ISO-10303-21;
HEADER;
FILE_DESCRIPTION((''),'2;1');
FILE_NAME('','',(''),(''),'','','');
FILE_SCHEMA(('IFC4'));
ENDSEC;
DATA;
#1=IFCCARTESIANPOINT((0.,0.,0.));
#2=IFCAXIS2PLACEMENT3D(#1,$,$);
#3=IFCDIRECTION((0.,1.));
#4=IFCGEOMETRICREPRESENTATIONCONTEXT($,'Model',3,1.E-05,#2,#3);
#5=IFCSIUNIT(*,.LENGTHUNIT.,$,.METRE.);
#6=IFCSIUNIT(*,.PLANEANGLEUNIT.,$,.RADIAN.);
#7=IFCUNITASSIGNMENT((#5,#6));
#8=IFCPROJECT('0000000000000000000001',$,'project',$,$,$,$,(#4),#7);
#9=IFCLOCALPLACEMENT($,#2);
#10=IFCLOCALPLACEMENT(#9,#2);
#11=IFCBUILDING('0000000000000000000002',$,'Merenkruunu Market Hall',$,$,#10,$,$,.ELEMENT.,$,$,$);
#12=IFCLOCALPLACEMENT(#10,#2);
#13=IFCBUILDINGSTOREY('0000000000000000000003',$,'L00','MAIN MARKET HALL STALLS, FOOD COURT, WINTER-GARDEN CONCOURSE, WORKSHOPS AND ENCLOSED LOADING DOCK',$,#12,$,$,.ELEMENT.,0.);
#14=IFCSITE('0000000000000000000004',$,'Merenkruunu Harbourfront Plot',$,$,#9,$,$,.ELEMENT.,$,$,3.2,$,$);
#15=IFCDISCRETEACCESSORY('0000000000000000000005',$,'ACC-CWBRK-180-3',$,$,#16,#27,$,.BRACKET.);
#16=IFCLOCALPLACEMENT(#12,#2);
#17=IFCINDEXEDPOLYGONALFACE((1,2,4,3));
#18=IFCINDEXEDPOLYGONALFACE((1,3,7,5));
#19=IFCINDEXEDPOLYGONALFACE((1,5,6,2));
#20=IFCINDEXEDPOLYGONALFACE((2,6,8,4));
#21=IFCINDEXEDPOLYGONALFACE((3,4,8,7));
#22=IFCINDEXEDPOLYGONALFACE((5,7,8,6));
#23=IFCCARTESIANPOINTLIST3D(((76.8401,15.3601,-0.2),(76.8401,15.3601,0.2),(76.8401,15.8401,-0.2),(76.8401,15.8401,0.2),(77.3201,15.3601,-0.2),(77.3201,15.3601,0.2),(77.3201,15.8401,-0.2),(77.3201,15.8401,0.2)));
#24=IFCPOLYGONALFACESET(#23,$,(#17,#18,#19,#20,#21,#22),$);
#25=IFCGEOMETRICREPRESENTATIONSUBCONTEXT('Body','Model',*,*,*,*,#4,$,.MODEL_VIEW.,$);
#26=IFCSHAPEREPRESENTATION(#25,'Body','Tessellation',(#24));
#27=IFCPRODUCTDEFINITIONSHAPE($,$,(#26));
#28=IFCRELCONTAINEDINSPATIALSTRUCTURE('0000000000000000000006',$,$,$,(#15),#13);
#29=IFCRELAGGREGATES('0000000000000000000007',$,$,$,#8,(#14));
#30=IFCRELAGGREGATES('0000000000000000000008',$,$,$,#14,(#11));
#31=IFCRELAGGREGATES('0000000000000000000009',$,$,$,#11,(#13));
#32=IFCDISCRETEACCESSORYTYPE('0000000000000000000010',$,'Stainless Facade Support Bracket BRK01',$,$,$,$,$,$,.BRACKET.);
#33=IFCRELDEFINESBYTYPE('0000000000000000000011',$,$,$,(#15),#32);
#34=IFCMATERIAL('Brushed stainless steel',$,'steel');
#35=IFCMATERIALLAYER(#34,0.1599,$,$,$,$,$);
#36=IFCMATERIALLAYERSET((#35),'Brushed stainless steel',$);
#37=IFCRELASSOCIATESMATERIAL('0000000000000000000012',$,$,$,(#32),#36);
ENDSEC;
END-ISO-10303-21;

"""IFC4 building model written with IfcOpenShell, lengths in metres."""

from ifc_helpers import new_model, si_unit, direction, frame, origin, origin_2d, place, context, subcontext, project, spatial, rectangle, extrude, material, layer, layer_set, type_object, element, save


model = new_model("IFC4")

# Units and contexts
model_context = context("Model", 3, precision=1e-05, world=origin(), true_north=direction((0.0, 1.0)))
body_context = subcontext(model_context, "Body", "Model", "MODEL_VIEW")
ifc_project = project(units=[si_unit("LENGTHUNIT", "METRE"), si_unit("PLANEANGLEUNIT", "RADIAN")], contexts=[model_context])

# Site, building, storey
site_placement = place(None, origin())
site = spatial("IfcSite", under=ifc_project, at=site_placement, Name="Merenkruunu Harbourfront Plot", CompositionType="ELEMENT", RefElevation=3.2)
building_placement = place(site_placement, origin())
building = spatial("IfcBuilding", under=site, at=building_placement, Name="Merenkruunu Market Hall", CompositionType="ELEMENT")
storey_placement = place(building_placement, origin())
storey = spatial("IfcBuildingStorey", under=building, at=storey_placement, Name="L00", Description="MAIN MARKET HALL STALLS, FOOD COURT, WINTER-GARDEN CONCOURSE, WORKSHOPS AND ENCLOSED LOADING DOCK", CompositionType="ELEMENT", Elevation=0.0)

# Shared definitions
ifc_material_1 = material(Name="Brushed stainless steel", Category="steel")

# Discrete accessory
ifc_layer_1 = layer(ifc_material_1, 0.1599)
ifc_layer_set_1 = layer_set([ifc_layer_1], Name="Brushed stainless steel")
discrete_accessory_type = type_object("IfcDiscreteAccessoryType", Name="Stainless Facade Support Bracket BRK01", PredefinedType="BRACKET", material=ifc_layer_set_1)
for number, where, z_axis, x_axis, name in (
    (1, (77.0801, 15.6001, -0.2), (0.0, 0.0, 1.0), (1.0, 0.0, 0.0), "ACC-CWBRK-180-3"),
):
    element("IfcDiscreteAccessory", number, at=place(storey_placement, frame(where, z_axis=z_axis, x_axis=x_axis)), inside=storey, type_object=discrete_accessory_type, Name=name, PredefinedType="BRACKET", context=body_context, shape_type="SweptSolid", body=[
        extrude(rectangle(XDim=0.48, YDim=0.48, at=origin_2d()), origin(), (0.0, 0.0, 1.0), 0.3999),
    ])

save(model, "model.ifc")
